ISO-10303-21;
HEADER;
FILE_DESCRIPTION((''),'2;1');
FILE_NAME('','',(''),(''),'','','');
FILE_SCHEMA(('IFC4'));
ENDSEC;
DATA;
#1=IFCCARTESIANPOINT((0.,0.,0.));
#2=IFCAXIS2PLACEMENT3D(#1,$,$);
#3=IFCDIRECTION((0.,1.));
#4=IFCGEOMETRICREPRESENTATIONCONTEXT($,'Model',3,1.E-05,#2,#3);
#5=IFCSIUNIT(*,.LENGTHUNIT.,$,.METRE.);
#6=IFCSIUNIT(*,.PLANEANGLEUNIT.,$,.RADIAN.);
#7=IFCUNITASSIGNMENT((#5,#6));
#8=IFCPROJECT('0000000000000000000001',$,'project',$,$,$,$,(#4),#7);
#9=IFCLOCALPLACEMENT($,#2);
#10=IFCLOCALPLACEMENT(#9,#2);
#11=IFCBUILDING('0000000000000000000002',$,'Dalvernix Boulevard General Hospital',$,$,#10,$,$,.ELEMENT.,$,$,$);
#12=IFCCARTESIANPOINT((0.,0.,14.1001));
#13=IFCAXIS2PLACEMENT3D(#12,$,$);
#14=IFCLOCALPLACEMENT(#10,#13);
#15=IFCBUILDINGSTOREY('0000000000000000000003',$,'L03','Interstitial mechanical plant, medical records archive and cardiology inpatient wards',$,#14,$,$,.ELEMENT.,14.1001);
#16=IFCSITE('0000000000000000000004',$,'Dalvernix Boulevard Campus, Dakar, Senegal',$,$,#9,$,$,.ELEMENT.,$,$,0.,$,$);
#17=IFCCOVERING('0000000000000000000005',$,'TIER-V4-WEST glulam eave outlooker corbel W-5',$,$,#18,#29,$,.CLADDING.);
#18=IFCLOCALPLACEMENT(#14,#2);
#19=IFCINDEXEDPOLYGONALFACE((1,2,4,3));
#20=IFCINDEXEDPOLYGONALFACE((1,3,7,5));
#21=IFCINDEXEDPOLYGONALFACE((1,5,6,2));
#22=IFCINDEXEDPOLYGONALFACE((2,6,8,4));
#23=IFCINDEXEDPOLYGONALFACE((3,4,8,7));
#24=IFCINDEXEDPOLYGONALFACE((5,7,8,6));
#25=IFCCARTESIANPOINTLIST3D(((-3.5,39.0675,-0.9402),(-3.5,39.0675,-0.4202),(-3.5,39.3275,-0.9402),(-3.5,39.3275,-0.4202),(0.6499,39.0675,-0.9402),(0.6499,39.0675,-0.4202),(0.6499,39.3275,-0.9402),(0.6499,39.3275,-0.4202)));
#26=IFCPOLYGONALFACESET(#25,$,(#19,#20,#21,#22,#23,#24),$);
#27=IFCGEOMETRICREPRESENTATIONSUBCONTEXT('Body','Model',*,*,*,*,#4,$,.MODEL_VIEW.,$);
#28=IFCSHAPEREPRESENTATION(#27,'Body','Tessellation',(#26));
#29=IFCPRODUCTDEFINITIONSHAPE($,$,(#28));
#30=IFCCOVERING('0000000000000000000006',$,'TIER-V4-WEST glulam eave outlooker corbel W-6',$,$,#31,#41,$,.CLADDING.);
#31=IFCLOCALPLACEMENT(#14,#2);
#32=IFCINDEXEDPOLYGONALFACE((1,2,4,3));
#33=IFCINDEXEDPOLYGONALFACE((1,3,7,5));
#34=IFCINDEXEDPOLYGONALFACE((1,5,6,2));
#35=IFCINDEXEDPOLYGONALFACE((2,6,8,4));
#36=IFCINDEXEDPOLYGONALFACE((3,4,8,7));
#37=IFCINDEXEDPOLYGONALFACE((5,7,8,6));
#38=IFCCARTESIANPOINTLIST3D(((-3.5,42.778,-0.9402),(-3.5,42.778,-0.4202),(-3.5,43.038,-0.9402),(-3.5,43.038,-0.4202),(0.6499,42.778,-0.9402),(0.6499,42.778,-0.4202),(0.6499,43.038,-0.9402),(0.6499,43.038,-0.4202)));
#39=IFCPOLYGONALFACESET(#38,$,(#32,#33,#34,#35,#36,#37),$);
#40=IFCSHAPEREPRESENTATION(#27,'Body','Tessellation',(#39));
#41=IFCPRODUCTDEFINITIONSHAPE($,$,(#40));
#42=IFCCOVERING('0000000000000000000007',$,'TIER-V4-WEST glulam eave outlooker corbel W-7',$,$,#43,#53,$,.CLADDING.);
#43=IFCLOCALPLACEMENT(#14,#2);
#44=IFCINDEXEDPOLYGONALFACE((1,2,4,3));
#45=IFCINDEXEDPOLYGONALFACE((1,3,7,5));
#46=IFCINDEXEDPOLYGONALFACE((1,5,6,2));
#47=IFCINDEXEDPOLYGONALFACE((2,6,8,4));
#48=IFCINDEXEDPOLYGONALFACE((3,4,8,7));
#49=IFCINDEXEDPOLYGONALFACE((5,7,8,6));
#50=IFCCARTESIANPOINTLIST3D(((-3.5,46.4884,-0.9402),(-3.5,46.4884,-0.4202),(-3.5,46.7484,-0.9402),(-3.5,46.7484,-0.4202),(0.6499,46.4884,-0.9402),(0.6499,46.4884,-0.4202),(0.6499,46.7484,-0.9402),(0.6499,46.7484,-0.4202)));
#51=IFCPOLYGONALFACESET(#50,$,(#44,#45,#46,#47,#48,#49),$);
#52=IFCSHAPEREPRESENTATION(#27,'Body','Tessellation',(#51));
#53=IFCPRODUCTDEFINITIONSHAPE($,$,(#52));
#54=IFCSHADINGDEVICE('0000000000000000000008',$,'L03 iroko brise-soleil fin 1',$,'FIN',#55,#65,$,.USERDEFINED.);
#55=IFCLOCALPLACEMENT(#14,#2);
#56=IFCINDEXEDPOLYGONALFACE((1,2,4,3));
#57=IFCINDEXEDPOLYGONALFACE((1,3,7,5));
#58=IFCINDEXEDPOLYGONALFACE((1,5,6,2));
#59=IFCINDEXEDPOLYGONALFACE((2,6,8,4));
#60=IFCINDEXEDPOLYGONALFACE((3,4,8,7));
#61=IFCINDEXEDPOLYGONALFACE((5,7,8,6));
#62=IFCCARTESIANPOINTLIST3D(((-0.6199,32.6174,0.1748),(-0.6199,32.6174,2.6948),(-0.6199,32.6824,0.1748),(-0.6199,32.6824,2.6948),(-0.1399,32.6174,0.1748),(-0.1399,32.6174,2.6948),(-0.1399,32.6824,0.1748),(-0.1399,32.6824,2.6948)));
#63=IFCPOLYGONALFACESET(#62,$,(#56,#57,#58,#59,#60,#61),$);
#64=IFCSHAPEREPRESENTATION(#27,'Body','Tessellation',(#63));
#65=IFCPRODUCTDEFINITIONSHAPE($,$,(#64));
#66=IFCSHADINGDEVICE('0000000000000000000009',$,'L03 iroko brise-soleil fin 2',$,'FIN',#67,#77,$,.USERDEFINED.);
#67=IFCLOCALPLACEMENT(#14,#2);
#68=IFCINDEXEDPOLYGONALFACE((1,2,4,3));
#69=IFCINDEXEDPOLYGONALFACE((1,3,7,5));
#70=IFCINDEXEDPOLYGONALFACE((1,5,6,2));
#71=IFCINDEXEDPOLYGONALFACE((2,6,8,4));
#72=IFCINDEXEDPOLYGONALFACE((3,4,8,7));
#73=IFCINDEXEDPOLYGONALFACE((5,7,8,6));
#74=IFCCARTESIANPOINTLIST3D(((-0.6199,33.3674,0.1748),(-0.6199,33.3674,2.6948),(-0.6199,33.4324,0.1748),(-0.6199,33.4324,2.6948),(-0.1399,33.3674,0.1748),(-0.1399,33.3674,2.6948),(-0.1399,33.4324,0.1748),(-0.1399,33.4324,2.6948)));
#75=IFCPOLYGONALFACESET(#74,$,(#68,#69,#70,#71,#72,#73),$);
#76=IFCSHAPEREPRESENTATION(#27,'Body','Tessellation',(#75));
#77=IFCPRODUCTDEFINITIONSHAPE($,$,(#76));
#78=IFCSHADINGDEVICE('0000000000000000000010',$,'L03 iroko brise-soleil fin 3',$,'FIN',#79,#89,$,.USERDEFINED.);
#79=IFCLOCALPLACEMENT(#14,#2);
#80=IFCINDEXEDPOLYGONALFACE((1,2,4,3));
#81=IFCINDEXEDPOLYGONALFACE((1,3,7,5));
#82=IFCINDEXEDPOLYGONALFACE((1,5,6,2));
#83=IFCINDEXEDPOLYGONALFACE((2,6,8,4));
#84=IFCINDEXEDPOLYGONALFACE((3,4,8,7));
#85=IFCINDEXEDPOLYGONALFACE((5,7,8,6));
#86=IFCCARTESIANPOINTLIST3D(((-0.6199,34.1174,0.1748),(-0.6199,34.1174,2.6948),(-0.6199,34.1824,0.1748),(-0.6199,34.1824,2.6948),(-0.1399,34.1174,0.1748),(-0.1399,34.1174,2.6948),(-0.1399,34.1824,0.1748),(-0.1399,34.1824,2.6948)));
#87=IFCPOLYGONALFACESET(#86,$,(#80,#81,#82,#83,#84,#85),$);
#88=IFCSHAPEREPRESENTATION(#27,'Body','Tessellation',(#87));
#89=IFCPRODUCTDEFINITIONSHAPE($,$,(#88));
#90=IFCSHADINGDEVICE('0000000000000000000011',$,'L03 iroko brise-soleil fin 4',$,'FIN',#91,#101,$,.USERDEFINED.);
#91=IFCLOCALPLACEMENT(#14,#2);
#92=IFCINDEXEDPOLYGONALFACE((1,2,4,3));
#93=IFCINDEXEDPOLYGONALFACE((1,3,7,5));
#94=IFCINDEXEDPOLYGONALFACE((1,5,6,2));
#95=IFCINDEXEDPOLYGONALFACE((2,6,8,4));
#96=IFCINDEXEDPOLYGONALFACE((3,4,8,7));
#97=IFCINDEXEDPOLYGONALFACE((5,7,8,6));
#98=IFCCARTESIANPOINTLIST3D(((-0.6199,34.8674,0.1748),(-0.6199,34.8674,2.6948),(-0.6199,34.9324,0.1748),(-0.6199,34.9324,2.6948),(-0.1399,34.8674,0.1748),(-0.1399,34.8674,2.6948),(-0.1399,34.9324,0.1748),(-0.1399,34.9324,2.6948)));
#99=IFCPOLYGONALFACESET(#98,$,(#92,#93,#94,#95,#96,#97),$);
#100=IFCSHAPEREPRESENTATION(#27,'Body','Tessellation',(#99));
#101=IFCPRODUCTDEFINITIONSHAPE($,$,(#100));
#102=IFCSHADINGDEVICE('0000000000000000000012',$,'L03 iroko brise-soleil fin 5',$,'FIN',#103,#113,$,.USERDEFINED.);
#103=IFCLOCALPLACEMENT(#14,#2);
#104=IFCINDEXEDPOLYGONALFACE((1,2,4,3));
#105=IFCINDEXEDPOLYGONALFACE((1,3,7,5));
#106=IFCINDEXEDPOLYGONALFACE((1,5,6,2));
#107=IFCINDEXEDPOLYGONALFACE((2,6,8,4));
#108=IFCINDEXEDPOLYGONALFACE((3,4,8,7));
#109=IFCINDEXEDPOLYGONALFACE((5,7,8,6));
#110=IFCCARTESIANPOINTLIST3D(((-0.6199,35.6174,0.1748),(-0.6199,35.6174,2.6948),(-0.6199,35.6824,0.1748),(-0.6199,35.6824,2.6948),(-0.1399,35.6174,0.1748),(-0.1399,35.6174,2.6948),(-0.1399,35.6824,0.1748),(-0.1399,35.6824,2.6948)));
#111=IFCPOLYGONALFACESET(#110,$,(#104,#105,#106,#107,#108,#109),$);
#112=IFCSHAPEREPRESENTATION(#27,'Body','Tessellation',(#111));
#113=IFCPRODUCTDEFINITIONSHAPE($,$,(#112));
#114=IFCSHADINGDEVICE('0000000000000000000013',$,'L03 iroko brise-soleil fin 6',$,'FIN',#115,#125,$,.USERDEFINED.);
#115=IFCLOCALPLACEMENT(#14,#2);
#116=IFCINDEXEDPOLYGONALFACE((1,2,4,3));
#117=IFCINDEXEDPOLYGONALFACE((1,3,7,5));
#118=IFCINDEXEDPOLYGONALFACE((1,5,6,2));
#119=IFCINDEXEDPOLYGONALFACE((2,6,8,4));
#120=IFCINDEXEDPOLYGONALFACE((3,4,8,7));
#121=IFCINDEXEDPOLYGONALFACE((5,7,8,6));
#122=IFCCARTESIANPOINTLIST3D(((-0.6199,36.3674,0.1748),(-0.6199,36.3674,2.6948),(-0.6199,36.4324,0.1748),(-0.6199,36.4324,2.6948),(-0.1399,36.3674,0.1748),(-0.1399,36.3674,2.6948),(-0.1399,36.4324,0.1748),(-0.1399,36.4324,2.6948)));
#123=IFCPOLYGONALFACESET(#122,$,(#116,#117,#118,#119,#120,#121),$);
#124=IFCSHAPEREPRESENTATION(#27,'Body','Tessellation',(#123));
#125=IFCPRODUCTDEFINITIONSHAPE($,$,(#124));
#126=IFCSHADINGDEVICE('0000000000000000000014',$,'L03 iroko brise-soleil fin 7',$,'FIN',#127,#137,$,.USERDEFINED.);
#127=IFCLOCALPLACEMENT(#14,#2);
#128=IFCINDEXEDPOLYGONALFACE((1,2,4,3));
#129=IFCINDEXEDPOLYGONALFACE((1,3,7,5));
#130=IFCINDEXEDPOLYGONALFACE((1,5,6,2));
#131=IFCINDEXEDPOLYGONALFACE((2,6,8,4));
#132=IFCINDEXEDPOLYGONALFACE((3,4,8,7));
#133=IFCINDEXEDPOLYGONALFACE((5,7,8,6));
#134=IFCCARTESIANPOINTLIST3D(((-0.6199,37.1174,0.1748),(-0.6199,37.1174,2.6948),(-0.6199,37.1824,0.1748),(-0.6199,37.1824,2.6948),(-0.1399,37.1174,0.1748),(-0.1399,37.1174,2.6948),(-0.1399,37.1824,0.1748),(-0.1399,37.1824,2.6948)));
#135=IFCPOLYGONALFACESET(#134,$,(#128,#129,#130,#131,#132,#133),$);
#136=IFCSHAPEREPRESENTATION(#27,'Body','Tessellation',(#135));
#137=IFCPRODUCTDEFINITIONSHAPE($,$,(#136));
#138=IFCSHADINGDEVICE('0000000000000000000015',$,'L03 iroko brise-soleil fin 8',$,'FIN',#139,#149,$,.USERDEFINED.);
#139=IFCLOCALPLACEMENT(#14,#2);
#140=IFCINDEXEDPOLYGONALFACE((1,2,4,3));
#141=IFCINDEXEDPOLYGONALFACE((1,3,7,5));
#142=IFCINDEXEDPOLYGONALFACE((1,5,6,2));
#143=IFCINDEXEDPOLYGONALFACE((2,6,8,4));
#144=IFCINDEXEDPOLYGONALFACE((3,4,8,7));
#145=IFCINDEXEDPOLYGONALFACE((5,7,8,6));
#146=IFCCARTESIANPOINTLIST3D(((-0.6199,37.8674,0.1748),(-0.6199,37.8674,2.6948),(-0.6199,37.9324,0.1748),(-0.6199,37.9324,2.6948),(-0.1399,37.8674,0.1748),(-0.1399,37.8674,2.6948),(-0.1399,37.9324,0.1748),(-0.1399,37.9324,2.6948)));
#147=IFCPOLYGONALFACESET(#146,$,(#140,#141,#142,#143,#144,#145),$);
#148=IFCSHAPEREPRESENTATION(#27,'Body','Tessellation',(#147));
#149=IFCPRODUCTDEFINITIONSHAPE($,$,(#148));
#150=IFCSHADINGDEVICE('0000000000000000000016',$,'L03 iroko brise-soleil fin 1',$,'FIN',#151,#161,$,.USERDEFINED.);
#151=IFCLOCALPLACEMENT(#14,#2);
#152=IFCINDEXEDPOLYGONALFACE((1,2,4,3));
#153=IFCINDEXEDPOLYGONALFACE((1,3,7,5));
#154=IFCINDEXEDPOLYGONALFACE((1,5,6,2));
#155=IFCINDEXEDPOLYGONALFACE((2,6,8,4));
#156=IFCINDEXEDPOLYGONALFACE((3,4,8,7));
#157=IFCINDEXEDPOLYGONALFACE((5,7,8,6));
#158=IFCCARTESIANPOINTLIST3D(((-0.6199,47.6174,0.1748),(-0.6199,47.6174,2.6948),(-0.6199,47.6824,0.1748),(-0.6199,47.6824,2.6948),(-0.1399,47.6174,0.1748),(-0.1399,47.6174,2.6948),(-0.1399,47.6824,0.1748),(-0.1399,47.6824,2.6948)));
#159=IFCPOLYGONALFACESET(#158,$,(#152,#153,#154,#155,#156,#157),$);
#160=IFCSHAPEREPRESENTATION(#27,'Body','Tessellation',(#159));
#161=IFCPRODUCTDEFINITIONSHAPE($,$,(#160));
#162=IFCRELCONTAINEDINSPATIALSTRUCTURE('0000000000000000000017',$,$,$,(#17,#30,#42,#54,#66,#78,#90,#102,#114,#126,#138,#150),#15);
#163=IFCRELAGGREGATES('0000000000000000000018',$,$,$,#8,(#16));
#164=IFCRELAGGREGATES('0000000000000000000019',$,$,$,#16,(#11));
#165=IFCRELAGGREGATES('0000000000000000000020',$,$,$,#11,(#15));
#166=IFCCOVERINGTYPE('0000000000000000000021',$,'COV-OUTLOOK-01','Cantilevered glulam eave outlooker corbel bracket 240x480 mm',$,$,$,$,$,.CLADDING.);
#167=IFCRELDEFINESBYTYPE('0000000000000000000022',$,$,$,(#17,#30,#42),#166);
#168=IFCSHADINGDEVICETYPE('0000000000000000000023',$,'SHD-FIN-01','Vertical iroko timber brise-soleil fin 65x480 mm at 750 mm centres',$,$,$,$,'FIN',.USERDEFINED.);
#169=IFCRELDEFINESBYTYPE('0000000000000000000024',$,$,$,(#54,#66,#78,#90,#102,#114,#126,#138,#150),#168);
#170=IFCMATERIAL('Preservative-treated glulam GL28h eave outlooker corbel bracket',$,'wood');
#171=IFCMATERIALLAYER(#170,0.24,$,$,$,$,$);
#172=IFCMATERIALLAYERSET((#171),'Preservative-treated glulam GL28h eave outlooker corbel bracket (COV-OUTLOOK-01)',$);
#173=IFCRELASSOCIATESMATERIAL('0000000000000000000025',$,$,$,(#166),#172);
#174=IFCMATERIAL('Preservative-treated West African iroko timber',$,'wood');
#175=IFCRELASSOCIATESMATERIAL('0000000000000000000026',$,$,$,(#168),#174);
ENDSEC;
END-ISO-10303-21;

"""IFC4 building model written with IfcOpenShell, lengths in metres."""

from ifc_helpers import new_model, si_unit, direction, frame, origin, origin_2d, place, context, subcontext, project, spatial, rectangle, extrude, material, layer, layer_set, type_object, element, save


model = new_model("IFC4")

# Units and contexts
model_context = context("Model", 3, precision=1e-05, world=origin(), true_north=direction((0.0, 1.0)))
body_context = subcontext(model_context, "Body", "Model", "MODEL_VIEW")
ifc_project = project(units=[si_unit("LENGTHUNIT", "METRE"), si_unit("PLANEANGLEUNIT", "RADIAN")], contexts=[model_context])

# Site, building, storey
site_placement = place(None, origin())
site = spatial("IfcSite", under=ifc_project, at=site_placement, Name="Dalvernix Boulevard Campus, Dakar, Senegal", CompositionType="ELEMENT", RefElevation=0.0)
building_placement = place(site_placement, origin())
building = spatial("IfcBuilding", under=site, at=building_placement, Name="Dalvernix Boulevard General Hospital", CompositionType="ELEMENT")
storey_placement = place(building_placement, frame((0.0, 0.0, 14.1001)))
storey = spatial("IfcBuildingStorey", under=building, at=storey_placement, Name="L03", Description="Interstitial mechanical plant, medical records archive and cardiology inpatient wards", CompositionType="ELEMENT", Elevation=14.1001)

# Coverings
ifc_material_1 = material(Name="Preservative-treated glulam GL28h eave outlooker corbel bracket", Category="wood")
ifc_layer_1 = layer(ifc_material_1, 0.24)
ifc_layer_set_1 = layer_set([ifc_layer_1], Name="Preservative-treated glulam GL28h eave outlooker corbel bracket (COV-OUTLOOK-01)")
covering_type_1 = type_object("IfcCoveringType", Name="COV-OUTLOOK-01", Description="Cantilevered glulam eave outlooker corbel bracket 240x480 mm", PredefinedType="CLADDING", material=ifc_layer_set_1)
for number, where, z_axis, x_axis, name in (
    (1, (-1.425, 39.1975, -0.9402), (0.0, 0.0, 1.0), (1.0, 0.0, 0.0), "TIER-V4-WEST glulam eave outlooker corbel W-5"),
    (2, (-1.425, 42.908, -0.9402), (0.0, 0.0, 1.0), (1.0, 0.0, 0.0), "TIER-V4-WEST glulam eave outlooker corbel W-6"),
    (3, (-1.425, 46.6184, -0.9402), (0.0, 0.0, 1.0), (1.0, 0.0, 0.0), "TIER-V4-WEST glulam eave outlooker corbel W-7"),
):
    element("IfcCovering", number, at=place(storey_placement, frame(where, z_axis=z_axis, x_axis=x_axis)), inside=storey, type_object=covering_type_1, Name=name, PredefinedType="CLADDING", context=body_context, shape_type="SweptSolid", body=[
        extrude(rectangle(XDim=4.1499, YDim=0.26, at=origin_2d()), origin(), (0.0, 0.0, 1.0), 0.52),
    ])

# Shading devices
ifc_material_2 = material(Name="Preservative-treated West African iroko timber", Category="wood")
shading_device_type = type_object("IfcShadingDeviceType", Name="SHD-FIN-01", Description="Vertical iroko timber brise-soleil fin 65x480 mm at 750 mm centres", ElementType="FIN", PredefinedType="USERDEFINED", material=ifc_material_2)
for number, where, z_axis, x_axis, name in (
    (4, (-0.3799, 32.6499, 0.1748), (0.0, 0.0, 1.0), (0.0, 1.0, 0.0), "L03 iroko brise-soleil fin 1"),
    (5, (-0.3799, 33.3999, 0.1748), (0.0, 0.0, 1.0), (0.0, 1.0, 0.0), "L03 iroko brise-soleil fin 2"),
    (6, (-0.3799, 34.1499, 0.1748), (0.0, 0.0, 1.0), (0.0, 1.0, 0.0), "L03 iroko brise-soleil fin 3"),
    (7, (-0.3799, 34.8999, 0.1748), (0.0, 0.0, 1.0), (0.0, 1.0, 0.0), "L03 iroko brise-soleil fin 4"),
    (8, (-0.3799, 35.6499, 0.1748), (0.0, 0.0, 1.0), (0.0, 1.0, 0.0), "L03 iroko brise-soleil fin 5"),
    (9, (-0.3799, 36.3999, 0.1748), (0.0, 0.0, 1.0), (0.0, 1.0, 0.0), "L03 iroko brise-soleil fin 6"),
    (10, (-0.3799, 37.1499, 0.1748), (0.0, 0.0, 1.0), (0.0, 1.0, 0.0), "L03 iroko brise-soleil fin 7"),
    (11, (-0.3799, 37.8999, 0.1748), (0.0, 0.0, 1.0), (0.0, 1.0, 0.0), "L03 iroko brise-soleil fin 8"),
    (12, (-0.3799, 47.6499, 0.1748), (0.0, 0.0, 1.0), (0.0, 1.0, 0.0), "L03 iroko brise-soleil fin 1"),
):
    element("IfcShadingDevice", number, at=place(storey_placement, frame(where, z_axis=z_axis, x_axis=x_axis)), inside=storey, type_object=shading_device_type, Name=name, ObjectType="FIN", PredefinedType="USERDEFINED", context=body_context, shape_type="SweptSolid", body=[
        extrude(rectangle(XDim=0.0649, YDim=0.48, at=origin_2d()), origin(), (0.0, 0.0, 1.0), 2.52),
    ])

save(model, "model.ifc")
